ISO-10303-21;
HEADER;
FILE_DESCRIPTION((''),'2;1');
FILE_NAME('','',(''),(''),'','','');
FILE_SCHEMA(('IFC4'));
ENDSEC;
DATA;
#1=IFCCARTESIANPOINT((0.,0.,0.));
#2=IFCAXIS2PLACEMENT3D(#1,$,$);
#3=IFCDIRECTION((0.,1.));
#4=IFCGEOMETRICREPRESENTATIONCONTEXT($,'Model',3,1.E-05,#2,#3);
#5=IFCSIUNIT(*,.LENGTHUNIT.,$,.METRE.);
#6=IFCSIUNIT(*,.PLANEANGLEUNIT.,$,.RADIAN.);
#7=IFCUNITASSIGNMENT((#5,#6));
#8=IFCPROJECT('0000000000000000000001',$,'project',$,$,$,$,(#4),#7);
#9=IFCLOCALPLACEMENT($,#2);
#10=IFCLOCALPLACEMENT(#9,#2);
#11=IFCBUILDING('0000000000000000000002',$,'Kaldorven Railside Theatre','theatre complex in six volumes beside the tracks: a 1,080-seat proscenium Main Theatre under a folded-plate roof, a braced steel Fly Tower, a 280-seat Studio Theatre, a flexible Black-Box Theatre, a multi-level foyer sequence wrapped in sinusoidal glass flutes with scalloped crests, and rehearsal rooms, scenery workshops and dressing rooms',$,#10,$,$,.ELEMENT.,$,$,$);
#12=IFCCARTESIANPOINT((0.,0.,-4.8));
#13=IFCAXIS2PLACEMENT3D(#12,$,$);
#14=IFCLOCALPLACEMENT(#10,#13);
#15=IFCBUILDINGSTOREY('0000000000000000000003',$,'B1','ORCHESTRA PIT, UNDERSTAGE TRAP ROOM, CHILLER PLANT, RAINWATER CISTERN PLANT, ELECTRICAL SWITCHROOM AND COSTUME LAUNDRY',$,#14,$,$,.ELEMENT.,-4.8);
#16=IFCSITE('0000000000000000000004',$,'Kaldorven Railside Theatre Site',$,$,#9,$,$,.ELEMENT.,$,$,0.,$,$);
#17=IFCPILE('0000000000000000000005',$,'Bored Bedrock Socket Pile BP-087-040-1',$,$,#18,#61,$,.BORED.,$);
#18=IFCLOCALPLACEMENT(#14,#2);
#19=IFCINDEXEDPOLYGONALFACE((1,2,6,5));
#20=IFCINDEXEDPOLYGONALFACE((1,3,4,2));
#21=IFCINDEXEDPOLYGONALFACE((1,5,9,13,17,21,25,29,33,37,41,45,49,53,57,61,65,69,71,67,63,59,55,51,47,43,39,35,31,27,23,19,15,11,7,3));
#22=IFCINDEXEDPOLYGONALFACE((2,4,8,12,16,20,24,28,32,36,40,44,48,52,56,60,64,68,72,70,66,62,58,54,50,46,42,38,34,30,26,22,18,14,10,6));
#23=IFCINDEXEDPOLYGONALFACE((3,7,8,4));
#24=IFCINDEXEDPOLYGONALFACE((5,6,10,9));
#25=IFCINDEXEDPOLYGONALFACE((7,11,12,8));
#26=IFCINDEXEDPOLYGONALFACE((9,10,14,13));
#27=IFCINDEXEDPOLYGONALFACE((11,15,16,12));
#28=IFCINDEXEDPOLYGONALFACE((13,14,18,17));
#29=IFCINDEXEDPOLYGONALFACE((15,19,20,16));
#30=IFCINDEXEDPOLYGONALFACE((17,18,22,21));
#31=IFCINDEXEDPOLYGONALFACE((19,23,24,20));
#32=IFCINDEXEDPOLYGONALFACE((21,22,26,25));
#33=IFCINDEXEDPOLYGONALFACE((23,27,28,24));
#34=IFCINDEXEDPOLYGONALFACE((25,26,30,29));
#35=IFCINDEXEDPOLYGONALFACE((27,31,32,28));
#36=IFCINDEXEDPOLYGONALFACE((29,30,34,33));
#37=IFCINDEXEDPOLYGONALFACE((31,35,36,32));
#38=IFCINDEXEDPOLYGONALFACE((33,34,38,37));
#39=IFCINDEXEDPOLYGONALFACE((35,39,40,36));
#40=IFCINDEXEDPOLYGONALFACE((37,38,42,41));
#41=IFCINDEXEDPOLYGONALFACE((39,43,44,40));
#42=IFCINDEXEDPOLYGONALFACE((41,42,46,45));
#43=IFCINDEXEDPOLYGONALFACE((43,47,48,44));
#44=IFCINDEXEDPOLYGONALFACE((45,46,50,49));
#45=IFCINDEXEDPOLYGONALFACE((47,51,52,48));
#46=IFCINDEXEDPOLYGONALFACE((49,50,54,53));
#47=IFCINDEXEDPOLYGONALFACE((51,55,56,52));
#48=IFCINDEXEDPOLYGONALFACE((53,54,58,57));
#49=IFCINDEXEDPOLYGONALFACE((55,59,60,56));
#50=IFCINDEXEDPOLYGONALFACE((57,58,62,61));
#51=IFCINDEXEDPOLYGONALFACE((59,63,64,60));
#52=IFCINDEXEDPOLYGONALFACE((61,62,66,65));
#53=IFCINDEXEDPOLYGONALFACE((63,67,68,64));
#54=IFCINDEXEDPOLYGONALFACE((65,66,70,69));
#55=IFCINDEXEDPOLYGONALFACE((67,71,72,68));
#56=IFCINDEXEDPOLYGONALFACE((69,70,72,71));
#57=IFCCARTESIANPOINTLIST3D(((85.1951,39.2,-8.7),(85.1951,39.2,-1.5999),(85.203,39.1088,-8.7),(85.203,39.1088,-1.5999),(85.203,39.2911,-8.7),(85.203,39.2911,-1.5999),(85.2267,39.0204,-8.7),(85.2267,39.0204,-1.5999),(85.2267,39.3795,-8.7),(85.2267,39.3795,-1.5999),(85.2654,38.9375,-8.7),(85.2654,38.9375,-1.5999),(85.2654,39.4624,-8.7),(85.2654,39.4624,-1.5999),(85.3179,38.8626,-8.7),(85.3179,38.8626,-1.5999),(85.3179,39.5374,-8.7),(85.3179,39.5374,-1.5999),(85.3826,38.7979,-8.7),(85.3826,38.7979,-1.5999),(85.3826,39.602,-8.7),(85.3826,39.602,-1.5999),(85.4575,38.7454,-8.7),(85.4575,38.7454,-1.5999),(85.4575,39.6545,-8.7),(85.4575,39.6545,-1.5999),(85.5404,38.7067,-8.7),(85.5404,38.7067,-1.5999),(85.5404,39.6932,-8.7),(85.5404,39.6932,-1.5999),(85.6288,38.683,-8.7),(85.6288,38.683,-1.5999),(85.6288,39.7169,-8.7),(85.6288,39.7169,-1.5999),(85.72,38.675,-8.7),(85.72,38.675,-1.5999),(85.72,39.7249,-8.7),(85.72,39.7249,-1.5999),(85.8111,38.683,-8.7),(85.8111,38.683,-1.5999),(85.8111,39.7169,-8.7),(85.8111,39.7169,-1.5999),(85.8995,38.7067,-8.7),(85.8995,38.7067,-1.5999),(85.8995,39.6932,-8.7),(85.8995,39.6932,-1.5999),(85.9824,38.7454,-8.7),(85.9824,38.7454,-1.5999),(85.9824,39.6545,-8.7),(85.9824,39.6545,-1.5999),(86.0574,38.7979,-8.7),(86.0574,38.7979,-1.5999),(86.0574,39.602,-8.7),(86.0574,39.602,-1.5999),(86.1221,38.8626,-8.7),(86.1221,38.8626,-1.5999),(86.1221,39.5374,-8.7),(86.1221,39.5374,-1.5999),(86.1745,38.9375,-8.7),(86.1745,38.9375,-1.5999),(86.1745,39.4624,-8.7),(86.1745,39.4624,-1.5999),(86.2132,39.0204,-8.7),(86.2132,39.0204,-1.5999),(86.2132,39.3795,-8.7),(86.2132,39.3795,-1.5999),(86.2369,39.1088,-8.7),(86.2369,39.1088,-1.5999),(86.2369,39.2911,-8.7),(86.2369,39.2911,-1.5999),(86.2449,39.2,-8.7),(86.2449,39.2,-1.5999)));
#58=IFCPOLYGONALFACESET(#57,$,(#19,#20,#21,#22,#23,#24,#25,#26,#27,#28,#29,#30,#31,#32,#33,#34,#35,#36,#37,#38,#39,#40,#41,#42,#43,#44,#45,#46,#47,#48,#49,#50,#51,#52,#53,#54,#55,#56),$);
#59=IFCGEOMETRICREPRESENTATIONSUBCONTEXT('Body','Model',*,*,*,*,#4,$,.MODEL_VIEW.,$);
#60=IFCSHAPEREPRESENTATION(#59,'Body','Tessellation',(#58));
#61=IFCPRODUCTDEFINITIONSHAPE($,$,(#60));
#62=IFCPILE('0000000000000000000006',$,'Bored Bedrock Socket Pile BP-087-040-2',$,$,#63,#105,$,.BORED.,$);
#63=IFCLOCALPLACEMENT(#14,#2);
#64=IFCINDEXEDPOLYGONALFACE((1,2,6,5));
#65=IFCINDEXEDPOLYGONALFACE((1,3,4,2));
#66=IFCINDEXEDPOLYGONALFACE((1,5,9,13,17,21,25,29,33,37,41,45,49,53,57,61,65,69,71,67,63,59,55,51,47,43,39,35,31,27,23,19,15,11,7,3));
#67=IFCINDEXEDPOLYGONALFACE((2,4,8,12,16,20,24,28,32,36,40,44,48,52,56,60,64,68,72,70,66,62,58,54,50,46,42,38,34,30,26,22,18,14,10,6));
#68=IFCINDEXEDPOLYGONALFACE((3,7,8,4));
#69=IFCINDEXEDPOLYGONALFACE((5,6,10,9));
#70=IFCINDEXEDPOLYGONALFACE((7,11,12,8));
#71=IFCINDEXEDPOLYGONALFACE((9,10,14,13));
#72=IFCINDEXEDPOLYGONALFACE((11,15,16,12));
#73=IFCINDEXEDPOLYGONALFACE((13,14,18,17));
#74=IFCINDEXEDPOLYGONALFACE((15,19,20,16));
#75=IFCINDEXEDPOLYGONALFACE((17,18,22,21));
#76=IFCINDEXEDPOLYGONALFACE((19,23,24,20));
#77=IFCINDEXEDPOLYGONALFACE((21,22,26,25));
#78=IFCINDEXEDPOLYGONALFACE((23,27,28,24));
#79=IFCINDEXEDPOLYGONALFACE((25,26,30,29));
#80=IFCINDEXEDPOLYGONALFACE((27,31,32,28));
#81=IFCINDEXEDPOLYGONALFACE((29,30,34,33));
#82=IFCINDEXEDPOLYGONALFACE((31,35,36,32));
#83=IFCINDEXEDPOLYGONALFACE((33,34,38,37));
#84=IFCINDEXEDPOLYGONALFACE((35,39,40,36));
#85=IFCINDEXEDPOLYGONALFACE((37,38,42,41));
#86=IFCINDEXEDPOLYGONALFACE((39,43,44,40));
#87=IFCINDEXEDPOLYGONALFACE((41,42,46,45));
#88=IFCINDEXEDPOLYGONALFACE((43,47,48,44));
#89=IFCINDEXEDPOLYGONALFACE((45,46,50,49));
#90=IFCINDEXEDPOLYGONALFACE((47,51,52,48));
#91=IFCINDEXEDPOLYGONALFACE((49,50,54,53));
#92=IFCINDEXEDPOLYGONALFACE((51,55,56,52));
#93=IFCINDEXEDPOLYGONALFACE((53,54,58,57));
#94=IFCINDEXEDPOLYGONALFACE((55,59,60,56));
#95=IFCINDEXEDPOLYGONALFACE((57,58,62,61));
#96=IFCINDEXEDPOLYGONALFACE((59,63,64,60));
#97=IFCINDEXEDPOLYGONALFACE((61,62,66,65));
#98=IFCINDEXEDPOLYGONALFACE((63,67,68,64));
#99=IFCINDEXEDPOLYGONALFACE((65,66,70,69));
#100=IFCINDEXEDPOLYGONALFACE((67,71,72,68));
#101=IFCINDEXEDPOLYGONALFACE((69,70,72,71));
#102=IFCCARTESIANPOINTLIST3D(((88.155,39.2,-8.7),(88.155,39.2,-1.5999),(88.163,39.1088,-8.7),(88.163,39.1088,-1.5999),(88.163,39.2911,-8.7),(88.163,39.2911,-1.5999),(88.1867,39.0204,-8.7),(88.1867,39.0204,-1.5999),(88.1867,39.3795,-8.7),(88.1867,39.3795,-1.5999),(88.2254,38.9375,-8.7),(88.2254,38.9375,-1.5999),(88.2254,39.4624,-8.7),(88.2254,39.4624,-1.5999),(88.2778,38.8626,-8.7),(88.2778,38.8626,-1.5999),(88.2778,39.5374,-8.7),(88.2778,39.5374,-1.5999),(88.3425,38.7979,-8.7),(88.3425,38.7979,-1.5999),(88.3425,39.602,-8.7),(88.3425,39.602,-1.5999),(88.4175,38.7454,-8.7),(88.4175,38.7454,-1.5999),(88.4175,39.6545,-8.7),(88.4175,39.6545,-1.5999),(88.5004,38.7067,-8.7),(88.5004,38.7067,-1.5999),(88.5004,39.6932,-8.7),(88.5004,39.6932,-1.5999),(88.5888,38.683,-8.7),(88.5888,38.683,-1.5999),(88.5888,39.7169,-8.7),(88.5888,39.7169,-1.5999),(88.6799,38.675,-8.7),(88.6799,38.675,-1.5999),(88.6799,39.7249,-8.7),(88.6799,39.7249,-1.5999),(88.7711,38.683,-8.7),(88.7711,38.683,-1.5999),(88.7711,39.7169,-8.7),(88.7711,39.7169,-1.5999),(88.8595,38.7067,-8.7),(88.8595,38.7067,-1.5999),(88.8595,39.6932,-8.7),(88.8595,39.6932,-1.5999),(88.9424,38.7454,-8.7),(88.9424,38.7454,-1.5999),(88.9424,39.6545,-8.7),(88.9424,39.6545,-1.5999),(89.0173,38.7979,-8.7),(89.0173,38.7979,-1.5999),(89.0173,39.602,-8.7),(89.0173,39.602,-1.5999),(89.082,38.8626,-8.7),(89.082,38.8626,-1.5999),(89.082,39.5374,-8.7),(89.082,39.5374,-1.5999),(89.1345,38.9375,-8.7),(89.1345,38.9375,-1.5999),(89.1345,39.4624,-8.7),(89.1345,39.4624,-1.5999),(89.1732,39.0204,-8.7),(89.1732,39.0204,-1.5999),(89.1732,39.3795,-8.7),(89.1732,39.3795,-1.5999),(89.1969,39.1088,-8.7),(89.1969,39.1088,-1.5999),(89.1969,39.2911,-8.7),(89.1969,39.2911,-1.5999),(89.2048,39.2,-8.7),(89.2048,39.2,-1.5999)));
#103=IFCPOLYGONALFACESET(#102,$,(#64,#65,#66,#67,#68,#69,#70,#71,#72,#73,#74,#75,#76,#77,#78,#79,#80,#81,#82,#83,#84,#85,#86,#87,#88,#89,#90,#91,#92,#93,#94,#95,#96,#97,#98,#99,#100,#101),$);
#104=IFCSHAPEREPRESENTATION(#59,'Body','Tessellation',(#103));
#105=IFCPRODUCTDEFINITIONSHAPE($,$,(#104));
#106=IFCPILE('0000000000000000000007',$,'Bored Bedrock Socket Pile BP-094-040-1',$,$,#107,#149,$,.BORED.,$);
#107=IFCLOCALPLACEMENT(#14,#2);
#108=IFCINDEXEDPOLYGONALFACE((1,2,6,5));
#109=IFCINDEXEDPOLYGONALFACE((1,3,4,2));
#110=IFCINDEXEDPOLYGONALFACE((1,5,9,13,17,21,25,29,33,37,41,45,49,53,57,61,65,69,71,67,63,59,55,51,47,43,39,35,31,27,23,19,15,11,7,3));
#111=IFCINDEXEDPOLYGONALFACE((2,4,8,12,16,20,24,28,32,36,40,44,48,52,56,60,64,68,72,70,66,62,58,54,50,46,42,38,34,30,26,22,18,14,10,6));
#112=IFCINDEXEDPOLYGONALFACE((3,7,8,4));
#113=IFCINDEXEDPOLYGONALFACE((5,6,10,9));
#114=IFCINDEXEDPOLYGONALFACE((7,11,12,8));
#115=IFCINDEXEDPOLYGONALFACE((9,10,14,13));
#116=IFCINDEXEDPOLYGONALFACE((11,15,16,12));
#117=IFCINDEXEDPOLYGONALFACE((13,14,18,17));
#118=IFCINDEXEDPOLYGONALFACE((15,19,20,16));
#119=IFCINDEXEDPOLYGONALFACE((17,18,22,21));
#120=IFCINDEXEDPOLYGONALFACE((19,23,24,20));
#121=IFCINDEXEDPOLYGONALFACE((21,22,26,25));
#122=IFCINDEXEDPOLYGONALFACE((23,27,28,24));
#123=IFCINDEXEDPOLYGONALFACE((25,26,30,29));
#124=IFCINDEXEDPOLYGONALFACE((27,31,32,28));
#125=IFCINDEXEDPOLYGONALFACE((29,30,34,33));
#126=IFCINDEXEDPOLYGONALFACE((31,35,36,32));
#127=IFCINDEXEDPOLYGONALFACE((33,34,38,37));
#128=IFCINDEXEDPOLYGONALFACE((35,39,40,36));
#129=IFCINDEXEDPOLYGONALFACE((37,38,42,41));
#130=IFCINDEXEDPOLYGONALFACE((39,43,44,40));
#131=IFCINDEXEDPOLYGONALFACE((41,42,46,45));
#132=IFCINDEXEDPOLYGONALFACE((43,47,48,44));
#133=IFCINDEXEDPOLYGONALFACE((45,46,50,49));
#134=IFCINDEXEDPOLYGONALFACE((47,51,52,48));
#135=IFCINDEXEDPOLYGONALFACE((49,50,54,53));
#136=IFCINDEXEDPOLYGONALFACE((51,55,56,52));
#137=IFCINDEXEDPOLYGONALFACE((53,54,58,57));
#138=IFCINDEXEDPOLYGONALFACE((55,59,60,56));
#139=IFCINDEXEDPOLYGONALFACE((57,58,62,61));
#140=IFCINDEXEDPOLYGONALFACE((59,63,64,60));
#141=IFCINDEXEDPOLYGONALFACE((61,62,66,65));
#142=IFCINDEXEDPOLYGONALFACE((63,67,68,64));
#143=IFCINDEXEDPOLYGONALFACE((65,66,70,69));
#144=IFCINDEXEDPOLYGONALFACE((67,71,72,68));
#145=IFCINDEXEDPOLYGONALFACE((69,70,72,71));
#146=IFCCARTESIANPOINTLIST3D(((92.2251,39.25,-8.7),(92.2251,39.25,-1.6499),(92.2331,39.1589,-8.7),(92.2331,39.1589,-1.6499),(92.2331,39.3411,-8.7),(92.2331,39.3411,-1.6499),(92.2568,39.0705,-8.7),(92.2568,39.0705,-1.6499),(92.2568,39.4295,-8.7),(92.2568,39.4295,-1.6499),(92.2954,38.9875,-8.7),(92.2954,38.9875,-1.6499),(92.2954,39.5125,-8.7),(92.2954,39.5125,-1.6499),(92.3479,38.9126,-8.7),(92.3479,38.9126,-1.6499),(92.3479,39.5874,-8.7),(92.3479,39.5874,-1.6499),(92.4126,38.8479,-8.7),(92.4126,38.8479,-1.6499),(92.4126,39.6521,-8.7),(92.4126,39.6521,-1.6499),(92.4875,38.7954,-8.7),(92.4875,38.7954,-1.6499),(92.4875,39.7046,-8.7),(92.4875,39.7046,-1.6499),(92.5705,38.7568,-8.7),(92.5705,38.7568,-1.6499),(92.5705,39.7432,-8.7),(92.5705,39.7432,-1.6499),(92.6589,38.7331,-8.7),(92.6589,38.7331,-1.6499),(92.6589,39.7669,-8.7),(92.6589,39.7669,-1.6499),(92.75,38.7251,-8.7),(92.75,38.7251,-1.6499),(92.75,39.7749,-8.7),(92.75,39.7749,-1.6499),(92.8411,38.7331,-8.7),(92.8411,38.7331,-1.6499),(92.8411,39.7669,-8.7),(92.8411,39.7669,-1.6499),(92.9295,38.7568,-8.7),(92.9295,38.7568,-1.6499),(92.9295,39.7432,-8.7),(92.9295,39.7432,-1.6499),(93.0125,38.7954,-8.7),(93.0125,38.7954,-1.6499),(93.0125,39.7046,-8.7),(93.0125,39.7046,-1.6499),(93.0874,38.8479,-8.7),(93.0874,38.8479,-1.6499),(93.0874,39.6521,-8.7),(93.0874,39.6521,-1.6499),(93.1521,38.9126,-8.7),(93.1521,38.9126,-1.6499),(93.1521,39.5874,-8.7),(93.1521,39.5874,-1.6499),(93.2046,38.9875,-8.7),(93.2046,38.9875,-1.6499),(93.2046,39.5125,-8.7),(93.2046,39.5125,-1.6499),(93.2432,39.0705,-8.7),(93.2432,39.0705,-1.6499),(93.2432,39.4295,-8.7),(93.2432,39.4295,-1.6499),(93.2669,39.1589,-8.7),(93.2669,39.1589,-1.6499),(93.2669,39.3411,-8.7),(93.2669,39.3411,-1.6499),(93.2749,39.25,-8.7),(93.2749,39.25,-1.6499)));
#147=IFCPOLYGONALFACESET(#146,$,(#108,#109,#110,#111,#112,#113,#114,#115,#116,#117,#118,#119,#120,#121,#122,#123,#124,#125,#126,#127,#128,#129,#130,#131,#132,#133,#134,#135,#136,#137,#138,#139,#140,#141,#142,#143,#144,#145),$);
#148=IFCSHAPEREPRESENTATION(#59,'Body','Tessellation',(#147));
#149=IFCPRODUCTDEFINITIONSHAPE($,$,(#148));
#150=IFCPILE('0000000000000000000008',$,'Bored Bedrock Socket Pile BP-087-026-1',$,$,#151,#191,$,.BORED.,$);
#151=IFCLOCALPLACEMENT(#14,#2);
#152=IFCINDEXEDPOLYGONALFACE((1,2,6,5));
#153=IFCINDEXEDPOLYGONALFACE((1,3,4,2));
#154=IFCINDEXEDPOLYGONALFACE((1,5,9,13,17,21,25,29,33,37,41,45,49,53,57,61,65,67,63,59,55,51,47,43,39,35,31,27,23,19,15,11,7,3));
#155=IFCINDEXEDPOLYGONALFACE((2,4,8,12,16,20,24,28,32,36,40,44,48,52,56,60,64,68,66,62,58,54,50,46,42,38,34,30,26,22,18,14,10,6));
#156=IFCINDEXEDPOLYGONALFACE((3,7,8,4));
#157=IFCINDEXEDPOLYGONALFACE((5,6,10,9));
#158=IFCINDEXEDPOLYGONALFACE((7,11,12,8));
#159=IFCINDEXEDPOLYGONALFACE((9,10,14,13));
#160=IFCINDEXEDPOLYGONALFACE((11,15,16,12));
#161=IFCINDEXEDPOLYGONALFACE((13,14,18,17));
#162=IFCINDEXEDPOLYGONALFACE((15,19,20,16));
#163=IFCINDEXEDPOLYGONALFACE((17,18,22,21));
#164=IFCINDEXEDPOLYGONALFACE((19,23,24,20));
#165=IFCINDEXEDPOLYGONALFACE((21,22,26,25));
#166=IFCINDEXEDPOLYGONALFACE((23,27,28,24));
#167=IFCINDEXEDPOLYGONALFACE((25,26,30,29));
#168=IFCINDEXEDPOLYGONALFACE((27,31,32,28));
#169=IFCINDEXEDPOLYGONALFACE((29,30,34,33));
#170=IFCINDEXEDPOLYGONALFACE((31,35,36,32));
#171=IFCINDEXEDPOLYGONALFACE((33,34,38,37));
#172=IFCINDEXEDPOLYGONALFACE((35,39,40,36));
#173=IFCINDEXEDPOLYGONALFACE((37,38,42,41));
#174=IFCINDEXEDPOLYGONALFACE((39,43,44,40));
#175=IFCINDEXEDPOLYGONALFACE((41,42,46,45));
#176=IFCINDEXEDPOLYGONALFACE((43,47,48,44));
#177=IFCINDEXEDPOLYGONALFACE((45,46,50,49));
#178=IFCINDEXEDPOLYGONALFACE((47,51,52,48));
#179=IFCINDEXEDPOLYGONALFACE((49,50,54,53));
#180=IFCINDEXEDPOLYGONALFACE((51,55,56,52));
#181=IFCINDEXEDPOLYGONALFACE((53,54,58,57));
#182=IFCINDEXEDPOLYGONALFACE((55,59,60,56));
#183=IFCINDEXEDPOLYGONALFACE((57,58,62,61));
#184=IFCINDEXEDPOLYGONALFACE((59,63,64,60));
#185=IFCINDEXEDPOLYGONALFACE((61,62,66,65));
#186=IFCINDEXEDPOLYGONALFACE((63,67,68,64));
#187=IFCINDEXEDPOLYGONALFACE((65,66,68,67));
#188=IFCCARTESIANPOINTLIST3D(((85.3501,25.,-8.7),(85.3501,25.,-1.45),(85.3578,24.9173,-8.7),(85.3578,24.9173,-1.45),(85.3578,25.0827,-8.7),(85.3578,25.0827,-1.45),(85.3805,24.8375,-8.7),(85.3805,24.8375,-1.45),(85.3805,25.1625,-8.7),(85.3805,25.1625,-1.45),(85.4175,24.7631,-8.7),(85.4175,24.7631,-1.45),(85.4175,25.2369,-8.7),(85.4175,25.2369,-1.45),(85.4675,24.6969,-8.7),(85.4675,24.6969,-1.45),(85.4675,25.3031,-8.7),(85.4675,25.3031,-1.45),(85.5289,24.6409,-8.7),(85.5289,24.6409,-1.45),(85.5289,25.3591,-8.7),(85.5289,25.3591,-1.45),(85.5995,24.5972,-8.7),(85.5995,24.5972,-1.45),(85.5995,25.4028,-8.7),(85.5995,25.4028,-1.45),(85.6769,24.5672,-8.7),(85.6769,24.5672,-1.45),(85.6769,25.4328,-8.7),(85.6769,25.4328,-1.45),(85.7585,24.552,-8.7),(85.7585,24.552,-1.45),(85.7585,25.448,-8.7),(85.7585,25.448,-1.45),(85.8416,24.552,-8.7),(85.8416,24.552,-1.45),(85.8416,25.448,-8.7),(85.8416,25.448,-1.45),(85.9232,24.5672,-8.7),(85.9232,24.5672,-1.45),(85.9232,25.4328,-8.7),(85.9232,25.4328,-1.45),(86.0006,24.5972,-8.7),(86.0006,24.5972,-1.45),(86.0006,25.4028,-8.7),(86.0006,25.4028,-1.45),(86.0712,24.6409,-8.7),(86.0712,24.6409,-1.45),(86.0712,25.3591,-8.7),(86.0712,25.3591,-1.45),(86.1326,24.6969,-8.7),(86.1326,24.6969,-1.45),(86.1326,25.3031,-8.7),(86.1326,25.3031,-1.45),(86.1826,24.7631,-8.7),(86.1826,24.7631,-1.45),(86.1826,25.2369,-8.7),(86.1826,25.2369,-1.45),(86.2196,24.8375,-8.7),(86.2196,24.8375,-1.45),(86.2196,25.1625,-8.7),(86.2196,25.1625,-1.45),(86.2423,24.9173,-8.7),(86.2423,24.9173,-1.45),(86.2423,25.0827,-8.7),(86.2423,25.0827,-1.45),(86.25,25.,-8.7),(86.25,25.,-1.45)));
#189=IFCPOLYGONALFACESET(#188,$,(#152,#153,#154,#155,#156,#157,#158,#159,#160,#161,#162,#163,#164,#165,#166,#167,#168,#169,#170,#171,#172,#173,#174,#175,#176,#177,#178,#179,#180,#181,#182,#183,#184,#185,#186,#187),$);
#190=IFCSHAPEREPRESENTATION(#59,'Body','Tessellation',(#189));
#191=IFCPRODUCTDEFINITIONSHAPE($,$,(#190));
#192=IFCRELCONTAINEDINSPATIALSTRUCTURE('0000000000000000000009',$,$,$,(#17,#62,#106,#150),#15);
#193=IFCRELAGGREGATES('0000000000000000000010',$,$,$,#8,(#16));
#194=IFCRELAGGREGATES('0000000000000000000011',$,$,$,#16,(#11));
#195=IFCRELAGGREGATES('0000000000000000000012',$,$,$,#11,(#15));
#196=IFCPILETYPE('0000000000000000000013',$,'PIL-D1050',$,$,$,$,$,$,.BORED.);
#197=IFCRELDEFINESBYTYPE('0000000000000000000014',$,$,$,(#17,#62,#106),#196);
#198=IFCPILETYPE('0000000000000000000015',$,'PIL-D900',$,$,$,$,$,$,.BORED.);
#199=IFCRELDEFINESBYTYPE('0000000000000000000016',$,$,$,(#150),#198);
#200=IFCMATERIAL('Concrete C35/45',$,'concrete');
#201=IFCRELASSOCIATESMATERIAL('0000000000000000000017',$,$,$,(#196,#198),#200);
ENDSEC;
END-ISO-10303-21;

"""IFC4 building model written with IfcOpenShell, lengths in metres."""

from ifc_helpers import new_model, si_unit, direction, frame, origin, origin_2d, place, context, subcontext, project, spatial, circle, extrude, material, material_profile, profile_set, type_object, element, save


model = new_model("IFC4")

# Units and contexts
model_context = context("Model", 3, precision=1e-05, world=origin(), true_north=direction((0.0, 1.0)))
body_context = subcontext(model_context, "Body", "Model", "MODEL_VIEW")
ifc_project = project(units=[si_unit("LENGTHUNIT", "METRE"), si_unit("PLANEANGLEUNIT", "RADIAN")], contexts=[model_context])

# Site, building, storey
site_placement = place(None, origin())
site = spatial("IfcSite", under=ifc_project, at=site_placement, Name="Kaldorven Railside Theatre Site", CompositionType="ELEMENT", RefElevation=0.0)
building_placement = place(site_placement, origin())
building = spatial("IfcBuilding", under=site, at=building_placement, Name="Kaldorven Railside Theatre", Description="theatre complex in six volumes beside the tracks: a 1,080-seat proscenium Main Theatre under a folded-plate roof, a braced steel Fly Tower, a 280-seat Studio Theatre, a flexible Black-Box Theatre, a multi-level foyer sequence wrapped in sinusoidal glass flutes with scalloped crests, and rehearsal rooms, scenery workshops and dressing rooms", CompositionType="ELEMENT")
storey_placement = place(building_placement, frame((0.0, 0.0, -4.8)))
storey = spatial("IfcBuildingStorey", under=building, at=storey_placement, Name="B1", Description="ORCHESTRA PIT, UNDERSTAGE TRAP ROOM, CHILLER PLANT, RAINWATER CISTERN PLANT, ELECTRICAL SWITCHROOM AND COSTUME LAUNDRY", CompositionType="ELEMENT", Elevation=-4.8)

# Piles
ifc_material_1 = material(Name="Concrete C35/45", Category="concrete")
ifc_material_profile_1 = material_profile(ifc_material_1, circle(Radius=0.5249, at=origin_2d()), Name="BP D1050")
ifc_profile_set_1 = profile_set([ifc_material_profile_1], Name="Concrete C35/45")
pile_type_1 = type_object("IfcPileType", Name="PIL-D1050", PredefinedType="BORED", material=ifc_profile_set_1)
for number, where, z_axis, x_axis, name in (
    (1, (85.72, 39.2, -1.5999), (0.0, 0.0, -1.0), (1.0, 0.0, 0.0), "Bored Bedrock Socket Pile BP-087-040-1"),
    (2, (88.6799, 39.2, -1.5999), (0.0, 0.0, -1.0), (1.0, 0.0, 0.0), "Bored Bedrock Socket Pile BP-087-040-2"),
):
    element("IfcPile", number, at=place(storey_placement, frame(where, z_axis=z_axis, x_axis=x_axis)), inside=storey, type_object=pile_type_1, Name=name, PredefinedType="BORED", context=body_context, shape_type="SweptSolid", body=[
        extrude(circle(Radius=0.5249, at=origin_2d()), origin(), (0.0, 0.0, 1.0), 7.1001),
    ])
pile_placement = place(storey_placement, frame((92.75, 39.25, -1.6499), z_axis=(0.0, 0.0, -1.0), x_axis=(1.0, 0.0, 0.0)))
element("IfcPile", 3, at=pile_placement, inside=storey, type_object=pile_type_1, Name="Bored Bedrock Socket Pile BP-094-040-1", PredefinedType="BORED", context=body_context, shape_type="SweptSolid", body=[
    extrude(circle(Radius=0.5249, at=origin_2d()), origin(), (0.0, 0.0, 1.0), 7.05),
])
ifc_material_profile_2 = material_profile(ifc_material_1, circle(Radius=0.45, at=origin_2d()), Name="BP D900")
ifc_profile_set_2 = profile_set([ifc_material_profile_2], Name="Concrete C35/45")
pile_type_2 = type_object("IfcPileType", Name="PIL-D900", PredefinedType="BORED", material=ifc_profile_set_2)
for number, where, z_axis, x_axis, name in (
    (4, (85.8, 25.0, -1.45), (0.0, 0.0, -1.0), (1.0, 0.0, 0.0), "Bored Bedrock Socket Pile BP-087-026-1"),
):
    element("IfcPile", number, at=place(storey_placement, frame(where, z_axis=z_axis, x_axis=x_axis)), inside=storey, type_object=pile_type_2, Name=name, PredefinedType="BORED", context=body_context, shape_type="SweptSolid", body=[
        extrude(circle(Radius=0.45, at=origin_2d()), origin(), (0.0, 0.0, 1.0), 7.25),
    ])

save(model, "model.ifc")
